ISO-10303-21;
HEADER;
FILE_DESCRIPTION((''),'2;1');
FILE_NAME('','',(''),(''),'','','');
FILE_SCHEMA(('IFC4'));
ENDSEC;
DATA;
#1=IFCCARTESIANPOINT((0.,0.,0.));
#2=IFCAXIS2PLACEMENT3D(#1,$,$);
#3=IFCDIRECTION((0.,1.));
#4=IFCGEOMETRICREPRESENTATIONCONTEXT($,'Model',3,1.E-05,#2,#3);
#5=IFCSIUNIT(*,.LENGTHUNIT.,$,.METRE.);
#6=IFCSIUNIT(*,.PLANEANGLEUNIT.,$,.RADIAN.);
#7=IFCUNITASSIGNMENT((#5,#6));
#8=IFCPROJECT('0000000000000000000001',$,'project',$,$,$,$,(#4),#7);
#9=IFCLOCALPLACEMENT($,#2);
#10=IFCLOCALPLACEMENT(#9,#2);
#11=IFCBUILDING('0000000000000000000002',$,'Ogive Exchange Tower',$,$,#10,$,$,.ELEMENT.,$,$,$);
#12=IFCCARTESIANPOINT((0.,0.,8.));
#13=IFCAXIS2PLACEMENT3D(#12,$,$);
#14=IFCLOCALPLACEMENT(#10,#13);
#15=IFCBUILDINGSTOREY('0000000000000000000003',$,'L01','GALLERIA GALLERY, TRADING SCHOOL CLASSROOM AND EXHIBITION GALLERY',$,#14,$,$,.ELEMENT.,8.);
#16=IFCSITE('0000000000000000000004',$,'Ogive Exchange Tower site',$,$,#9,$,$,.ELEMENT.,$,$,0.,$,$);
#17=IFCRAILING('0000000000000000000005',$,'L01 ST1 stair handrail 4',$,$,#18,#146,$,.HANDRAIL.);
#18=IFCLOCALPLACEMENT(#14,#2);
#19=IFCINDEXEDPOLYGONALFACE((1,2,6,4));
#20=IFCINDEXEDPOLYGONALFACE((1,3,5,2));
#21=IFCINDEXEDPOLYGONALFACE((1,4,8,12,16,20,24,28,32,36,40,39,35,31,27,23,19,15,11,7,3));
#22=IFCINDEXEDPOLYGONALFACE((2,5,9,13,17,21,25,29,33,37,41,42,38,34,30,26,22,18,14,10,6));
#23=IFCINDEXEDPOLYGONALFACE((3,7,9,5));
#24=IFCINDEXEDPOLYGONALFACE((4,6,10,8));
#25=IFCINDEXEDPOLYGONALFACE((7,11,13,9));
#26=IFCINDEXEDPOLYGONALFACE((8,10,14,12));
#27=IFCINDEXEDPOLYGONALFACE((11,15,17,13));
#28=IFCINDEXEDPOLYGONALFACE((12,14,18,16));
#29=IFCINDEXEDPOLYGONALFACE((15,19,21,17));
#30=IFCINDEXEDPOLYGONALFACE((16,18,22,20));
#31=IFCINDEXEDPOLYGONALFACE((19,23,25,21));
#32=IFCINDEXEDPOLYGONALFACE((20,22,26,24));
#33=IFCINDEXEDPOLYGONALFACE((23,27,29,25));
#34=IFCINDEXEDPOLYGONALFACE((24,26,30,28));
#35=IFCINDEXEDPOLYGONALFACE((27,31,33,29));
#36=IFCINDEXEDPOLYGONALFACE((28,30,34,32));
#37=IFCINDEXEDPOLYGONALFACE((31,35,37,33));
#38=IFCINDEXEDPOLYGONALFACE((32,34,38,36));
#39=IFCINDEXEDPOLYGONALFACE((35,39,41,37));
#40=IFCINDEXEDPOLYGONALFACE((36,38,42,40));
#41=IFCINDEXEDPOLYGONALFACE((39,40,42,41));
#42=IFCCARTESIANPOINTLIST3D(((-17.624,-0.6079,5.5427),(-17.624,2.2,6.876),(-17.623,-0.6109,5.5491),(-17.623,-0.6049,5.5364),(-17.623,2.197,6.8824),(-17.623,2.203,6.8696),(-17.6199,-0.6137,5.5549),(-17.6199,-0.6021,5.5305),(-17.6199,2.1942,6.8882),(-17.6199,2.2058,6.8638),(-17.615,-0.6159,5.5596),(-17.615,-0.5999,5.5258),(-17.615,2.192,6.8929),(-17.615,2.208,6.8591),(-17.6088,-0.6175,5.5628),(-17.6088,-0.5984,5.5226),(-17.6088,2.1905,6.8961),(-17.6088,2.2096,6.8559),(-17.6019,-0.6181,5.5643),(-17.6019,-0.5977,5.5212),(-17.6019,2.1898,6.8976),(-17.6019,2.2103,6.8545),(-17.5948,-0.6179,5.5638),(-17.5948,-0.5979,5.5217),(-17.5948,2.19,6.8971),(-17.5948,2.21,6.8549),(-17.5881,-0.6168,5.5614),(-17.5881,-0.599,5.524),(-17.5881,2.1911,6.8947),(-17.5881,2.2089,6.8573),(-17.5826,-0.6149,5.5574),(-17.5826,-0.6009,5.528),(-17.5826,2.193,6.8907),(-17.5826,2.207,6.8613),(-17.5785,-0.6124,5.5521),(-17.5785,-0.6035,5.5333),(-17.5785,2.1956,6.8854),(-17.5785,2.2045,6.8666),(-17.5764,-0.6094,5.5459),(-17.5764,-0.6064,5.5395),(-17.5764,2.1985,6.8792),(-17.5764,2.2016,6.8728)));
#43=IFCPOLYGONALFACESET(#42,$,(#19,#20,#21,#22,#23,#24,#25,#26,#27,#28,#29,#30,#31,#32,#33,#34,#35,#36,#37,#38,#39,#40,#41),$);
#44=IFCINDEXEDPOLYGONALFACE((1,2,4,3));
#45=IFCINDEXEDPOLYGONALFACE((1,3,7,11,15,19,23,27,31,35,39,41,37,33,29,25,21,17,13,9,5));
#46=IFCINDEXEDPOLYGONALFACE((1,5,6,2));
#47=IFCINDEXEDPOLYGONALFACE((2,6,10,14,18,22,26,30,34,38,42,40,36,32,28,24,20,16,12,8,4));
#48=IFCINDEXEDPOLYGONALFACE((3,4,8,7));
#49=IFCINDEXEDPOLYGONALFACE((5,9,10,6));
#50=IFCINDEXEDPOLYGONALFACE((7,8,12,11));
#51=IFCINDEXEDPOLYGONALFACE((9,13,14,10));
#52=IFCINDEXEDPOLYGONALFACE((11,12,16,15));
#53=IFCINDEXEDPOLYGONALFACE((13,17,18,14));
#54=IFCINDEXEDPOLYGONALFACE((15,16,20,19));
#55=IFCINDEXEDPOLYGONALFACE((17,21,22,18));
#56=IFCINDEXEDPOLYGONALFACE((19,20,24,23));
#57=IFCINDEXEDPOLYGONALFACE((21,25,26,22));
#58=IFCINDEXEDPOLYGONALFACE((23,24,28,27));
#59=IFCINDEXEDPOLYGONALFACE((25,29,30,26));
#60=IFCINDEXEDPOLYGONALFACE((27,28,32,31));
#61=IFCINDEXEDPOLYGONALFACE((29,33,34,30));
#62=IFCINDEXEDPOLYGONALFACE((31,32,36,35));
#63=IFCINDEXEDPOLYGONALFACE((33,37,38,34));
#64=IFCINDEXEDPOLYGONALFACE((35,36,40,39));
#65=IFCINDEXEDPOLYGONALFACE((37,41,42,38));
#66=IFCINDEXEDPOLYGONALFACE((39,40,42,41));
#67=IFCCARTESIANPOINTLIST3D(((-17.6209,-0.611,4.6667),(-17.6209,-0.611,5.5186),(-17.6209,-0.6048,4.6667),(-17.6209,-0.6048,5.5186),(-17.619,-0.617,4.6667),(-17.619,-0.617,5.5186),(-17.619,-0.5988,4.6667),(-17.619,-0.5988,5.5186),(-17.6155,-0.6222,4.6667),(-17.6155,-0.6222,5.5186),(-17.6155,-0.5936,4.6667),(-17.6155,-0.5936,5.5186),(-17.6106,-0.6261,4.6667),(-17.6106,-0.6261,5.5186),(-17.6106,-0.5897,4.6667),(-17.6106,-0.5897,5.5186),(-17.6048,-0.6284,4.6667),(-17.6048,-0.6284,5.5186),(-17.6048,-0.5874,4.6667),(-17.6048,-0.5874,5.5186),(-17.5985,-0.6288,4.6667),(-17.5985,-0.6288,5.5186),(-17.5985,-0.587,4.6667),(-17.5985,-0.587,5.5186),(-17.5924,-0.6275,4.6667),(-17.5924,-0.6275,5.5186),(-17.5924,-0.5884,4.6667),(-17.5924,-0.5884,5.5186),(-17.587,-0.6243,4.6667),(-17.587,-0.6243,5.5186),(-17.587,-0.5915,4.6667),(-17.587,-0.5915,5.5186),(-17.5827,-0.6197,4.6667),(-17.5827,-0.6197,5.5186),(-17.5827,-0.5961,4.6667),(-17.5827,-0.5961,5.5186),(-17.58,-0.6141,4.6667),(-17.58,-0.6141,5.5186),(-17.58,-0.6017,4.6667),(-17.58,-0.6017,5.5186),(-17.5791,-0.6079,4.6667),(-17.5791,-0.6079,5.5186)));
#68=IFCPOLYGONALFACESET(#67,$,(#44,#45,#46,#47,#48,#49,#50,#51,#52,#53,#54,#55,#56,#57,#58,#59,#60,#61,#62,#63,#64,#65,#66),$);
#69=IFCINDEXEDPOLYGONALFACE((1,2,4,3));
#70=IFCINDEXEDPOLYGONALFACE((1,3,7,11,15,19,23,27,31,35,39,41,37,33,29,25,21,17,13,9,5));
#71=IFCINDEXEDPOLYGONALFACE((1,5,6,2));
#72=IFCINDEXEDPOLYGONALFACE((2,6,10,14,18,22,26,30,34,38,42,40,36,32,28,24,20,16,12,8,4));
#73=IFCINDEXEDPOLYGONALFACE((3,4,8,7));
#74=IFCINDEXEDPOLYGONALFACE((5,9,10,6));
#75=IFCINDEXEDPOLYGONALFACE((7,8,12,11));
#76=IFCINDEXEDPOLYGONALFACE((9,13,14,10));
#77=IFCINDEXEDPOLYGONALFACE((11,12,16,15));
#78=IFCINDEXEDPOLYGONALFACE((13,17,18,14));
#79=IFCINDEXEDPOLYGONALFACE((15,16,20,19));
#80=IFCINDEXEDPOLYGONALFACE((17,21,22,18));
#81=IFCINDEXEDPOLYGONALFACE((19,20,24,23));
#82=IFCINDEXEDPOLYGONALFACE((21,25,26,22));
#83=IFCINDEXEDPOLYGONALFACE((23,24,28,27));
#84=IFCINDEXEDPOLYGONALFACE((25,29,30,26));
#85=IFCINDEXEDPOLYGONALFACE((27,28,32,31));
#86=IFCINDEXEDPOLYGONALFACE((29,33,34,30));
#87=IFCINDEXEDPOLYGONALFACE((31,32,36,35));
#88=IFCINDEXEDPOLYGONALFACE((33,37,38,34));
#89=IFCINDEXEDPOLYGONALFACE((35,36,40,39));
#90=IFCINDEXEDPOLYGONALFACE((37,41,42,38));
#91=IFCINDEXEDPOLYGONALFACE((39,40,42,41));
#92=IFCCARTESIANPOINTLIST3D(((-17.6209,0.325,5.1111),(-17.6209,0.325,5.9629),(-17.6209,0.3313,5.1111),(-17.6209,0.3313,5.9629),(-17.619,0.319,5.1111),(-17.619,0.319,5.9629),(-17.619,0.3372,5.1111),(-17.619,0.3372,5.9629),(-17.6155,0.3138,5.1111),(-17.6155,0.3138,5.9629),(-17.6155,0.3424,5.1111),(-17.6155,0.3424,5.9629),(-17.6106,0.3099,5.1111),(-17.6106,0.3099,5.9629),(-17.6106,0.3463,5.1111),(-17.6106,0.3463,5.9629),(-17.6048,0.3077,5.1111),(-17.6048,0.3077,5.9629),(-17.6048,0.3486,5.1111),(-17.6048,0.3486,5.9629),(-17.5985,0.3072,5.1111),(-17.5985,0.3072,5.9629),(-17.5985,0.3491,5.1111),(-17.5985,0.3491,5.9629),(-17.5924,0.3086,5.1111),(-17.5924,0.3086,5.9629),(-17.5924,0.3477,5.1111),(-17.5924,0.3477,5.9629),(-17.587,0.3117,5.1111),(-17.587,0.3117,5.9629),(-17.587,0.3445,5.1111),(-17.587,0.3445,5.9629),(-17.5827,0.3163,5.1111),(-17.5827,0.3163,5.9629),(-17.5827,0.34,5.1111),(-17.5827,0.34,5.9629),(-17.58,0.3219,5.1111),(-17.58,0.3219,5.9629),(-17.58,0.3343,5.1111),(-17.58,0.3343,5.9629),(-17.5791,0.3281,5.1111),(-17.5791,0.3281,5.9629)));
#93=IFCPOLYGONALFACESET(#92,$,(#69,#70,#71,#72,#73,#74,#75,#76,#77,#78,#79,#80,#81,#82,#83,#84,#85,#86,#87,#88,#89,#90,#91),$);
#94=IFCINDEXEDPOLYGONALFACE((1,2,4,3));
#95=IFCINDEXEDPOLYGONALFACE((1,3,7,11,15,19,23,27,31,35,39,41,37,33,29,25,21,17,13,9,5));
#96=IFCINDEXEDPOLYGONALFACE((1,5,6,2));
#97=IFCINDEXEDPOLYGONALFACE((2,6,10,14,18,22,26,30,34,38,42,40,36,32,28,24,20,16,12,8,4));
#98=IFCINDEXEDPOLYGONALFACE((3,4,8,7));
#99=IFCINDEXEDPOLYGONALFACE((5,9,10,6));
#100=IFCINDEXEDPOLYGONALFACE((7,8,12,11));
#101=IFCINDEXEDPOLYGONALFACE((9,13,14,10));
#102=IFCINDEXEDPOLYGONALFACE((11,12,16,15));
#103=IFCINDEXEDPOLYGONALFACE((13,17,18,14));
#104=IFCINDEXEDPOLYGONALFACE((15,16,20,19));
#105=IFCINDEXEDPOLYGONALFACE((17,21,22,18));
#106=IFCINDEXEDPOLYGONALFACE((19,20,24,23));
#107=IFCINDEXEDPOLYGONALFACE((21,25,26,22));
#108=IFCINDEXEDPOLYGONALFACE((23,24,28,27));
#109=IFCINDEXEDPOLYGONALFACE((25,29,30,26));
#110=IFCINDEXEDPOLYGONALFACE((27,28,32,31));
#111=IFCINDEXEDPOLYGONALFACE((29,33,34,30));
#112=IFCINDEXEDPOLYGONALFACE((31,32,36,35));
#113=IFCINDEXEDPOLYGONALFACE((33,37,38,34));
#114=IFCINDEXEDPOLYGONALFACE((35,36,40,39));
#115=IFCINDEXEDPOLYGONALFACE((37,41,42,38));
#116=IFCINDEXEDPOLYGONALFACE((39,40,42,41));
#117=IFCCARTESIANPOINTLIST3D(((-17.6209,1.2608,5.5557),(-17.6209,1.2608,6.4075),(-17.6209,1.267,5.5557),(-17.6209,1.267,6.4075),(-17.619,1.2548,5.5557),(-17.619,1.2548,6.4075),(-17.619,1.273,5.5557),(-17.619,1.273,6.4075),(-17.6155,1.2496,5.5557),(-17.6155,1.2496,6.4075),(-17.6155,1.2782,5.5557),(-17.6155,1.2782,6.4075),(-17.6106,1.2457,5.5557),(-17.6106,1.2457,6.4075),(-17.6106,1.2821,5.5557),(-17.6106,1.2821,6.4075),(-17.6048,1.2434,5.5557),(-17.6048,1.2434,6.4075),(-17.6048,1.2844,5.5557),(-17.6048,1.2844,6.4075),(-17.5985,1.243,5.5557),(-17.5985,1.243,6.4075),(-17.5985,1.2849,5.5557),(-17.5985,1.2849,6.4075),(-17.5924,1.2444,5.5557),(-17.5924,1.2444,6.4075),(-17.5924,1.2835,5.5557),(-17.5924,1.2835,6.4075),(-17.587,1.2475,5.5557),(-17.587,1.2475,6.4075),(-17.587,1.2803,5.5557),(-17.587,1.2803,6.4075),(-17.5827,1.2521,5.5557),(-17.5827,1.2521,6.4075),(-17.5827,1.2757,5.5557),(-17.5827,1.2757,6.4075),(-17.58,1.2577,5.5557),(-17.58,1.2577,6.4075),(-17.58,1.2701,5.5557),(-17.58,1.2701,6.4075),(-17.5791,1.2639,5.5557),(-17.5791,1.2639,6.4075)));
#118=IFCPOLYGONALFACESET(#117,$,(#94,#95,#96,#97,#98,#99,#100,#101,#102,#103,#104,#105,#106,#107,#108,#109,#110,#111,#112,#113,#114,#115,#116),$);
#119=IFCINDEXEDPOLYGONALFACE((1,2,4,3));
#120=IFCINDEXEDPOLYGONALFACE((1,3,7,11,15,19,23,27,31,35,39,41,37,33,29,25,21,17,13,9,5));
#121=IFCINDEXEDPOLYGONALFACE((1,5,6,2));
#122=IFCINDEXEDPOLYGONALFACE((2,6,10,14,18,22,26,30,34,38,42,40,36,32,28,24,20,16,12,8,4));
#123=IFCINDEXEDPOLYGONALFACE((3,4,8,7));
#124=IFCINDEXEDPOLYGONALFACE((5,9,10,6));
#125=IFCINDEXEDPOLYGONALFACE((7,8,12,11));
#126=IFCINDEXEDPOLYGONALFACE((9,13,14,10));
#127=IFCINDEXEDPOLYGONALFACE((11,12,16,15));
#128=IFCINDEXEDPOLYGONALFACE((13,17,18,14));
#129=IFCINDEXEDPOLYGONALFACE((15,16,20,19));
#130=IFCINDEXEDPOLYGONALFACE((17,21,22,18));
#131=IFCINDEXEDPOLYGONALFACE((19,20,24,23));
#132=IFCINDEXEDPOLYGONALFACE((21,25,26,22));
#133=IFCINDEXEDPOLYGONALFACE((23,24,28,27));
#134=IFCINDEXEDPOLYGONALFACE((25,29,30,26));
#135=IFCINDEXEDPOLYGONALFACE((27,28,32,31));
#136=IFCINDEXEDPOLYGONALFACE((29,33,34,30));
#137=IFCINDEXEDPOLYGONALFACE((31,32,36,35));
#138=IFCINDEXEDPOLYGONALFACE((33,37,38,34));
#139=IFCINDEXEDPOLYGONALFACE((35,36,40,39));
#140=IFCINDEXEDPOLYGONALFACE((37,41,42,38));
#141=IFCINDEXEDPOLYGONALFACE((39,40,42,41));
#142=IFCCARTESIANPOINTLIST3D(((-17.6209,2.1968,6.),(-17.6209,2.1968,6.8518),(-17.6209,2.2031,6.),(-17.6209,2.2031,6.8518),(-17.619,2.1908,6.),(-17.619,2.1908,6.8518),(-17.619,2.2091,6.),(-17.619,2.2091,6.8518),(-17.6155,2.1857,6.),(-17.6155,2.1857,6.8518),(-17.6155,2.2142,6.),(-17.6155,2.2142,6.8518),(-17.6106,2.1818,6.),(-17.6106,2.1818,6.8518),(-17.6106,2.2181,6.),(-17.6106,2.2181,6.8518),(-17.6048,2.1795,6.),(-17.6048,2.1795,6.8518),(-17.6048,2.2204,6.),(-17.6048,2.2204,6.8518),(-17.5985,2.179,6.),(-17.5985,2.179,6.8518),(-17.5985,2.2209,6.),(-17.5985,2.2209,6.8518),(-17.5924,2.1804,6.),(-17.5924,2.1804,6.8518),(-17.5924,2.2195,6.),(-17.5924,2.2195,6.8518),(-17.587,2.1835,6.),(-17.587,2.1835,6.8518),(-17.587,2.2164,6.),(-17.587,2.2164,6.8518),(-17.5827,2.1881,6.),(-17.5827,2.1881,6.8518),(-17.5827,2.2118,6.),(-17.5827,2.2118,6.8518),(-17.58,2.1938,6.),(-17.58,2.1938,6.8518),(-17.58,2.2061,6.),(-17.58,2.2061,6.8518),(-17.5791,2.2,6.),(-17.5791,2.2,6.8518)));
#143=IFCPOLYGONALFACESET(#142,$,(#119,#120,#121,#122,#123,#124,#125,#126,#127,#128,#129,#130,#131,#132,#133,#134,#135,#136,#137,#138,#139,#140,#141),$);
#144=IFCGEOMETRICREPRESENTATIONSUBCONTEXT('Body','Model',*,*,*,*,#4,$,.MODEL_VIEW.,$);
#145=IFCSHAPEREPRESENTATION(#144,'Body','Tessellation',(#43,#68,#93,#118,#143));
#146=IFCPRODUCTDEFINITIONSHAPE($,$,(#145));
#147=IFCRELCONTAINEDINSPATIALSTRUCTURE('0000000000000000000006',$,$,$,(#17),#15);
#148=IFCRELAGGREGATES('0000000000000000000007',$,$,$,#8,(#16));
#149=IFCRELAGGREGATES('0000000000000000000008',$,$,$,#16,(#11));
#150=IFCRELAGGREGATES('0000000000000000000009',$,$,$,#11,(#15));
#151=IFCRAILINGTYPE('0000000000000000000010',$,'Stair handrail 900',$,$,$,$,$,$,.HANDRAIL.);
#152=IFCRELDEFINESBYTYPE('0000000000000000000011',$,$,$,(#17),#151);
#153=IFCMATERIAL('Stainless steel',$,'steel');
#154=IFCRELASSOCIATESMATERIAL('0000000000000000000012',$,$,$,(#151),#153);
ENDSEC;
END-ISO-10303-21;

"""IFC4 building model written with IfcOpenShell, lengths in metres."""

from ifc_helpers import new_model, si_unit, direction, frame, origin, origin_2d, place, context, subcontext, project, spatial, circle, extrude, material, type_object, element, save


model = new_model("IFC4")

# Units and contexts
model_context = context("Model", 3, precision=1e-05, world=origin(), true_north=direction((0.0, 1.0)))
body_context = subcontext(model_context, "Body", "Model", "MODEL_VIEW")
ifc_project = project(units=[si_unit("LENGTHUNIT", "METRE"), si_unit("PLANEANGLEUNIT", "RADIAN")], contexts=[model_context])

# Site, building, storey
site_placement = place(None, origin())
site = spatial("IfcSite", under=ifc_project, at=site_placement, Name="Ogive Exchange Tower site", CompositionType="ELEMENT", RefElevation=0.0)
building_placement = place(site_placement, origin())
building = spatial("IfcBuilding", under=site, at=building_placement, Name="Ogive Exchange Tower", CompositionType="ELEMENT")
storey_placement = place(building_placement, frame((0.0, 0.0, 8.0)))
storey = spatial("IfcBuildingStorey", under=building, at=storey_placement, Name="L01", Description="GALLERIA GALLERY, TRADING SCHOOL CLASSROOM AND EXHIBITION GALLERY", CompositionType="ELEMENT", Elevation=8.0)

# Shared definitions
ifc_material_1 = material(Name="Stainless steel", Category="steel")

# Railing
railing_type = type_object("IfcRailingType", Name="Stair handrail 900", PredefinedType="HANDRAIL", material=ifc_material_1)
for number, where, name in (
    (1, (-17.6001, -0.6079, 4.6667), "L01 ST1 stair handrail 4"),
):
    element("IfcRailing", number, at=place(storey_placement, frame(where)), inside=storey, type_object=railing_type, Name=name, PredefinedType="HANDRAIL", context=body_context, shape_type="SweptSolid", body=[
        extrude(circle(Radius=0.0239, at=origin_2d()), frame((0.0, 0.0, 0.876), z_axis=(0.0, 0.903338, 0.42893), x_axis=(-1.0, 0.0, 0.0)), (0.0, 0.0, 1.0), 3.1084),
        extrude(circle(Radius=0.021, at=origin_2d()), origin(), (0.0, 0.0, 1.0), 0.8518),
        extrude(circle(Radius=0.021, at=origin_2d()), frame((0.0, 0.936, 0.4443)), (0.0, 0.0, 1.0), 0.8518),
        extrude(circle(Radius=0.021, at=origin_2d()), frame((0.0, 1.8718, 0.8889)), (0.0, 0.0, 1.0), 0.8518),
        extrude(circle(Radius=0.021, at=origin_2d()), frame((0.0, 2.8079, 1.3333)), (0.0, 0.0, 1.0), 0.8518),
    ])

save(model, "model.ifc")
